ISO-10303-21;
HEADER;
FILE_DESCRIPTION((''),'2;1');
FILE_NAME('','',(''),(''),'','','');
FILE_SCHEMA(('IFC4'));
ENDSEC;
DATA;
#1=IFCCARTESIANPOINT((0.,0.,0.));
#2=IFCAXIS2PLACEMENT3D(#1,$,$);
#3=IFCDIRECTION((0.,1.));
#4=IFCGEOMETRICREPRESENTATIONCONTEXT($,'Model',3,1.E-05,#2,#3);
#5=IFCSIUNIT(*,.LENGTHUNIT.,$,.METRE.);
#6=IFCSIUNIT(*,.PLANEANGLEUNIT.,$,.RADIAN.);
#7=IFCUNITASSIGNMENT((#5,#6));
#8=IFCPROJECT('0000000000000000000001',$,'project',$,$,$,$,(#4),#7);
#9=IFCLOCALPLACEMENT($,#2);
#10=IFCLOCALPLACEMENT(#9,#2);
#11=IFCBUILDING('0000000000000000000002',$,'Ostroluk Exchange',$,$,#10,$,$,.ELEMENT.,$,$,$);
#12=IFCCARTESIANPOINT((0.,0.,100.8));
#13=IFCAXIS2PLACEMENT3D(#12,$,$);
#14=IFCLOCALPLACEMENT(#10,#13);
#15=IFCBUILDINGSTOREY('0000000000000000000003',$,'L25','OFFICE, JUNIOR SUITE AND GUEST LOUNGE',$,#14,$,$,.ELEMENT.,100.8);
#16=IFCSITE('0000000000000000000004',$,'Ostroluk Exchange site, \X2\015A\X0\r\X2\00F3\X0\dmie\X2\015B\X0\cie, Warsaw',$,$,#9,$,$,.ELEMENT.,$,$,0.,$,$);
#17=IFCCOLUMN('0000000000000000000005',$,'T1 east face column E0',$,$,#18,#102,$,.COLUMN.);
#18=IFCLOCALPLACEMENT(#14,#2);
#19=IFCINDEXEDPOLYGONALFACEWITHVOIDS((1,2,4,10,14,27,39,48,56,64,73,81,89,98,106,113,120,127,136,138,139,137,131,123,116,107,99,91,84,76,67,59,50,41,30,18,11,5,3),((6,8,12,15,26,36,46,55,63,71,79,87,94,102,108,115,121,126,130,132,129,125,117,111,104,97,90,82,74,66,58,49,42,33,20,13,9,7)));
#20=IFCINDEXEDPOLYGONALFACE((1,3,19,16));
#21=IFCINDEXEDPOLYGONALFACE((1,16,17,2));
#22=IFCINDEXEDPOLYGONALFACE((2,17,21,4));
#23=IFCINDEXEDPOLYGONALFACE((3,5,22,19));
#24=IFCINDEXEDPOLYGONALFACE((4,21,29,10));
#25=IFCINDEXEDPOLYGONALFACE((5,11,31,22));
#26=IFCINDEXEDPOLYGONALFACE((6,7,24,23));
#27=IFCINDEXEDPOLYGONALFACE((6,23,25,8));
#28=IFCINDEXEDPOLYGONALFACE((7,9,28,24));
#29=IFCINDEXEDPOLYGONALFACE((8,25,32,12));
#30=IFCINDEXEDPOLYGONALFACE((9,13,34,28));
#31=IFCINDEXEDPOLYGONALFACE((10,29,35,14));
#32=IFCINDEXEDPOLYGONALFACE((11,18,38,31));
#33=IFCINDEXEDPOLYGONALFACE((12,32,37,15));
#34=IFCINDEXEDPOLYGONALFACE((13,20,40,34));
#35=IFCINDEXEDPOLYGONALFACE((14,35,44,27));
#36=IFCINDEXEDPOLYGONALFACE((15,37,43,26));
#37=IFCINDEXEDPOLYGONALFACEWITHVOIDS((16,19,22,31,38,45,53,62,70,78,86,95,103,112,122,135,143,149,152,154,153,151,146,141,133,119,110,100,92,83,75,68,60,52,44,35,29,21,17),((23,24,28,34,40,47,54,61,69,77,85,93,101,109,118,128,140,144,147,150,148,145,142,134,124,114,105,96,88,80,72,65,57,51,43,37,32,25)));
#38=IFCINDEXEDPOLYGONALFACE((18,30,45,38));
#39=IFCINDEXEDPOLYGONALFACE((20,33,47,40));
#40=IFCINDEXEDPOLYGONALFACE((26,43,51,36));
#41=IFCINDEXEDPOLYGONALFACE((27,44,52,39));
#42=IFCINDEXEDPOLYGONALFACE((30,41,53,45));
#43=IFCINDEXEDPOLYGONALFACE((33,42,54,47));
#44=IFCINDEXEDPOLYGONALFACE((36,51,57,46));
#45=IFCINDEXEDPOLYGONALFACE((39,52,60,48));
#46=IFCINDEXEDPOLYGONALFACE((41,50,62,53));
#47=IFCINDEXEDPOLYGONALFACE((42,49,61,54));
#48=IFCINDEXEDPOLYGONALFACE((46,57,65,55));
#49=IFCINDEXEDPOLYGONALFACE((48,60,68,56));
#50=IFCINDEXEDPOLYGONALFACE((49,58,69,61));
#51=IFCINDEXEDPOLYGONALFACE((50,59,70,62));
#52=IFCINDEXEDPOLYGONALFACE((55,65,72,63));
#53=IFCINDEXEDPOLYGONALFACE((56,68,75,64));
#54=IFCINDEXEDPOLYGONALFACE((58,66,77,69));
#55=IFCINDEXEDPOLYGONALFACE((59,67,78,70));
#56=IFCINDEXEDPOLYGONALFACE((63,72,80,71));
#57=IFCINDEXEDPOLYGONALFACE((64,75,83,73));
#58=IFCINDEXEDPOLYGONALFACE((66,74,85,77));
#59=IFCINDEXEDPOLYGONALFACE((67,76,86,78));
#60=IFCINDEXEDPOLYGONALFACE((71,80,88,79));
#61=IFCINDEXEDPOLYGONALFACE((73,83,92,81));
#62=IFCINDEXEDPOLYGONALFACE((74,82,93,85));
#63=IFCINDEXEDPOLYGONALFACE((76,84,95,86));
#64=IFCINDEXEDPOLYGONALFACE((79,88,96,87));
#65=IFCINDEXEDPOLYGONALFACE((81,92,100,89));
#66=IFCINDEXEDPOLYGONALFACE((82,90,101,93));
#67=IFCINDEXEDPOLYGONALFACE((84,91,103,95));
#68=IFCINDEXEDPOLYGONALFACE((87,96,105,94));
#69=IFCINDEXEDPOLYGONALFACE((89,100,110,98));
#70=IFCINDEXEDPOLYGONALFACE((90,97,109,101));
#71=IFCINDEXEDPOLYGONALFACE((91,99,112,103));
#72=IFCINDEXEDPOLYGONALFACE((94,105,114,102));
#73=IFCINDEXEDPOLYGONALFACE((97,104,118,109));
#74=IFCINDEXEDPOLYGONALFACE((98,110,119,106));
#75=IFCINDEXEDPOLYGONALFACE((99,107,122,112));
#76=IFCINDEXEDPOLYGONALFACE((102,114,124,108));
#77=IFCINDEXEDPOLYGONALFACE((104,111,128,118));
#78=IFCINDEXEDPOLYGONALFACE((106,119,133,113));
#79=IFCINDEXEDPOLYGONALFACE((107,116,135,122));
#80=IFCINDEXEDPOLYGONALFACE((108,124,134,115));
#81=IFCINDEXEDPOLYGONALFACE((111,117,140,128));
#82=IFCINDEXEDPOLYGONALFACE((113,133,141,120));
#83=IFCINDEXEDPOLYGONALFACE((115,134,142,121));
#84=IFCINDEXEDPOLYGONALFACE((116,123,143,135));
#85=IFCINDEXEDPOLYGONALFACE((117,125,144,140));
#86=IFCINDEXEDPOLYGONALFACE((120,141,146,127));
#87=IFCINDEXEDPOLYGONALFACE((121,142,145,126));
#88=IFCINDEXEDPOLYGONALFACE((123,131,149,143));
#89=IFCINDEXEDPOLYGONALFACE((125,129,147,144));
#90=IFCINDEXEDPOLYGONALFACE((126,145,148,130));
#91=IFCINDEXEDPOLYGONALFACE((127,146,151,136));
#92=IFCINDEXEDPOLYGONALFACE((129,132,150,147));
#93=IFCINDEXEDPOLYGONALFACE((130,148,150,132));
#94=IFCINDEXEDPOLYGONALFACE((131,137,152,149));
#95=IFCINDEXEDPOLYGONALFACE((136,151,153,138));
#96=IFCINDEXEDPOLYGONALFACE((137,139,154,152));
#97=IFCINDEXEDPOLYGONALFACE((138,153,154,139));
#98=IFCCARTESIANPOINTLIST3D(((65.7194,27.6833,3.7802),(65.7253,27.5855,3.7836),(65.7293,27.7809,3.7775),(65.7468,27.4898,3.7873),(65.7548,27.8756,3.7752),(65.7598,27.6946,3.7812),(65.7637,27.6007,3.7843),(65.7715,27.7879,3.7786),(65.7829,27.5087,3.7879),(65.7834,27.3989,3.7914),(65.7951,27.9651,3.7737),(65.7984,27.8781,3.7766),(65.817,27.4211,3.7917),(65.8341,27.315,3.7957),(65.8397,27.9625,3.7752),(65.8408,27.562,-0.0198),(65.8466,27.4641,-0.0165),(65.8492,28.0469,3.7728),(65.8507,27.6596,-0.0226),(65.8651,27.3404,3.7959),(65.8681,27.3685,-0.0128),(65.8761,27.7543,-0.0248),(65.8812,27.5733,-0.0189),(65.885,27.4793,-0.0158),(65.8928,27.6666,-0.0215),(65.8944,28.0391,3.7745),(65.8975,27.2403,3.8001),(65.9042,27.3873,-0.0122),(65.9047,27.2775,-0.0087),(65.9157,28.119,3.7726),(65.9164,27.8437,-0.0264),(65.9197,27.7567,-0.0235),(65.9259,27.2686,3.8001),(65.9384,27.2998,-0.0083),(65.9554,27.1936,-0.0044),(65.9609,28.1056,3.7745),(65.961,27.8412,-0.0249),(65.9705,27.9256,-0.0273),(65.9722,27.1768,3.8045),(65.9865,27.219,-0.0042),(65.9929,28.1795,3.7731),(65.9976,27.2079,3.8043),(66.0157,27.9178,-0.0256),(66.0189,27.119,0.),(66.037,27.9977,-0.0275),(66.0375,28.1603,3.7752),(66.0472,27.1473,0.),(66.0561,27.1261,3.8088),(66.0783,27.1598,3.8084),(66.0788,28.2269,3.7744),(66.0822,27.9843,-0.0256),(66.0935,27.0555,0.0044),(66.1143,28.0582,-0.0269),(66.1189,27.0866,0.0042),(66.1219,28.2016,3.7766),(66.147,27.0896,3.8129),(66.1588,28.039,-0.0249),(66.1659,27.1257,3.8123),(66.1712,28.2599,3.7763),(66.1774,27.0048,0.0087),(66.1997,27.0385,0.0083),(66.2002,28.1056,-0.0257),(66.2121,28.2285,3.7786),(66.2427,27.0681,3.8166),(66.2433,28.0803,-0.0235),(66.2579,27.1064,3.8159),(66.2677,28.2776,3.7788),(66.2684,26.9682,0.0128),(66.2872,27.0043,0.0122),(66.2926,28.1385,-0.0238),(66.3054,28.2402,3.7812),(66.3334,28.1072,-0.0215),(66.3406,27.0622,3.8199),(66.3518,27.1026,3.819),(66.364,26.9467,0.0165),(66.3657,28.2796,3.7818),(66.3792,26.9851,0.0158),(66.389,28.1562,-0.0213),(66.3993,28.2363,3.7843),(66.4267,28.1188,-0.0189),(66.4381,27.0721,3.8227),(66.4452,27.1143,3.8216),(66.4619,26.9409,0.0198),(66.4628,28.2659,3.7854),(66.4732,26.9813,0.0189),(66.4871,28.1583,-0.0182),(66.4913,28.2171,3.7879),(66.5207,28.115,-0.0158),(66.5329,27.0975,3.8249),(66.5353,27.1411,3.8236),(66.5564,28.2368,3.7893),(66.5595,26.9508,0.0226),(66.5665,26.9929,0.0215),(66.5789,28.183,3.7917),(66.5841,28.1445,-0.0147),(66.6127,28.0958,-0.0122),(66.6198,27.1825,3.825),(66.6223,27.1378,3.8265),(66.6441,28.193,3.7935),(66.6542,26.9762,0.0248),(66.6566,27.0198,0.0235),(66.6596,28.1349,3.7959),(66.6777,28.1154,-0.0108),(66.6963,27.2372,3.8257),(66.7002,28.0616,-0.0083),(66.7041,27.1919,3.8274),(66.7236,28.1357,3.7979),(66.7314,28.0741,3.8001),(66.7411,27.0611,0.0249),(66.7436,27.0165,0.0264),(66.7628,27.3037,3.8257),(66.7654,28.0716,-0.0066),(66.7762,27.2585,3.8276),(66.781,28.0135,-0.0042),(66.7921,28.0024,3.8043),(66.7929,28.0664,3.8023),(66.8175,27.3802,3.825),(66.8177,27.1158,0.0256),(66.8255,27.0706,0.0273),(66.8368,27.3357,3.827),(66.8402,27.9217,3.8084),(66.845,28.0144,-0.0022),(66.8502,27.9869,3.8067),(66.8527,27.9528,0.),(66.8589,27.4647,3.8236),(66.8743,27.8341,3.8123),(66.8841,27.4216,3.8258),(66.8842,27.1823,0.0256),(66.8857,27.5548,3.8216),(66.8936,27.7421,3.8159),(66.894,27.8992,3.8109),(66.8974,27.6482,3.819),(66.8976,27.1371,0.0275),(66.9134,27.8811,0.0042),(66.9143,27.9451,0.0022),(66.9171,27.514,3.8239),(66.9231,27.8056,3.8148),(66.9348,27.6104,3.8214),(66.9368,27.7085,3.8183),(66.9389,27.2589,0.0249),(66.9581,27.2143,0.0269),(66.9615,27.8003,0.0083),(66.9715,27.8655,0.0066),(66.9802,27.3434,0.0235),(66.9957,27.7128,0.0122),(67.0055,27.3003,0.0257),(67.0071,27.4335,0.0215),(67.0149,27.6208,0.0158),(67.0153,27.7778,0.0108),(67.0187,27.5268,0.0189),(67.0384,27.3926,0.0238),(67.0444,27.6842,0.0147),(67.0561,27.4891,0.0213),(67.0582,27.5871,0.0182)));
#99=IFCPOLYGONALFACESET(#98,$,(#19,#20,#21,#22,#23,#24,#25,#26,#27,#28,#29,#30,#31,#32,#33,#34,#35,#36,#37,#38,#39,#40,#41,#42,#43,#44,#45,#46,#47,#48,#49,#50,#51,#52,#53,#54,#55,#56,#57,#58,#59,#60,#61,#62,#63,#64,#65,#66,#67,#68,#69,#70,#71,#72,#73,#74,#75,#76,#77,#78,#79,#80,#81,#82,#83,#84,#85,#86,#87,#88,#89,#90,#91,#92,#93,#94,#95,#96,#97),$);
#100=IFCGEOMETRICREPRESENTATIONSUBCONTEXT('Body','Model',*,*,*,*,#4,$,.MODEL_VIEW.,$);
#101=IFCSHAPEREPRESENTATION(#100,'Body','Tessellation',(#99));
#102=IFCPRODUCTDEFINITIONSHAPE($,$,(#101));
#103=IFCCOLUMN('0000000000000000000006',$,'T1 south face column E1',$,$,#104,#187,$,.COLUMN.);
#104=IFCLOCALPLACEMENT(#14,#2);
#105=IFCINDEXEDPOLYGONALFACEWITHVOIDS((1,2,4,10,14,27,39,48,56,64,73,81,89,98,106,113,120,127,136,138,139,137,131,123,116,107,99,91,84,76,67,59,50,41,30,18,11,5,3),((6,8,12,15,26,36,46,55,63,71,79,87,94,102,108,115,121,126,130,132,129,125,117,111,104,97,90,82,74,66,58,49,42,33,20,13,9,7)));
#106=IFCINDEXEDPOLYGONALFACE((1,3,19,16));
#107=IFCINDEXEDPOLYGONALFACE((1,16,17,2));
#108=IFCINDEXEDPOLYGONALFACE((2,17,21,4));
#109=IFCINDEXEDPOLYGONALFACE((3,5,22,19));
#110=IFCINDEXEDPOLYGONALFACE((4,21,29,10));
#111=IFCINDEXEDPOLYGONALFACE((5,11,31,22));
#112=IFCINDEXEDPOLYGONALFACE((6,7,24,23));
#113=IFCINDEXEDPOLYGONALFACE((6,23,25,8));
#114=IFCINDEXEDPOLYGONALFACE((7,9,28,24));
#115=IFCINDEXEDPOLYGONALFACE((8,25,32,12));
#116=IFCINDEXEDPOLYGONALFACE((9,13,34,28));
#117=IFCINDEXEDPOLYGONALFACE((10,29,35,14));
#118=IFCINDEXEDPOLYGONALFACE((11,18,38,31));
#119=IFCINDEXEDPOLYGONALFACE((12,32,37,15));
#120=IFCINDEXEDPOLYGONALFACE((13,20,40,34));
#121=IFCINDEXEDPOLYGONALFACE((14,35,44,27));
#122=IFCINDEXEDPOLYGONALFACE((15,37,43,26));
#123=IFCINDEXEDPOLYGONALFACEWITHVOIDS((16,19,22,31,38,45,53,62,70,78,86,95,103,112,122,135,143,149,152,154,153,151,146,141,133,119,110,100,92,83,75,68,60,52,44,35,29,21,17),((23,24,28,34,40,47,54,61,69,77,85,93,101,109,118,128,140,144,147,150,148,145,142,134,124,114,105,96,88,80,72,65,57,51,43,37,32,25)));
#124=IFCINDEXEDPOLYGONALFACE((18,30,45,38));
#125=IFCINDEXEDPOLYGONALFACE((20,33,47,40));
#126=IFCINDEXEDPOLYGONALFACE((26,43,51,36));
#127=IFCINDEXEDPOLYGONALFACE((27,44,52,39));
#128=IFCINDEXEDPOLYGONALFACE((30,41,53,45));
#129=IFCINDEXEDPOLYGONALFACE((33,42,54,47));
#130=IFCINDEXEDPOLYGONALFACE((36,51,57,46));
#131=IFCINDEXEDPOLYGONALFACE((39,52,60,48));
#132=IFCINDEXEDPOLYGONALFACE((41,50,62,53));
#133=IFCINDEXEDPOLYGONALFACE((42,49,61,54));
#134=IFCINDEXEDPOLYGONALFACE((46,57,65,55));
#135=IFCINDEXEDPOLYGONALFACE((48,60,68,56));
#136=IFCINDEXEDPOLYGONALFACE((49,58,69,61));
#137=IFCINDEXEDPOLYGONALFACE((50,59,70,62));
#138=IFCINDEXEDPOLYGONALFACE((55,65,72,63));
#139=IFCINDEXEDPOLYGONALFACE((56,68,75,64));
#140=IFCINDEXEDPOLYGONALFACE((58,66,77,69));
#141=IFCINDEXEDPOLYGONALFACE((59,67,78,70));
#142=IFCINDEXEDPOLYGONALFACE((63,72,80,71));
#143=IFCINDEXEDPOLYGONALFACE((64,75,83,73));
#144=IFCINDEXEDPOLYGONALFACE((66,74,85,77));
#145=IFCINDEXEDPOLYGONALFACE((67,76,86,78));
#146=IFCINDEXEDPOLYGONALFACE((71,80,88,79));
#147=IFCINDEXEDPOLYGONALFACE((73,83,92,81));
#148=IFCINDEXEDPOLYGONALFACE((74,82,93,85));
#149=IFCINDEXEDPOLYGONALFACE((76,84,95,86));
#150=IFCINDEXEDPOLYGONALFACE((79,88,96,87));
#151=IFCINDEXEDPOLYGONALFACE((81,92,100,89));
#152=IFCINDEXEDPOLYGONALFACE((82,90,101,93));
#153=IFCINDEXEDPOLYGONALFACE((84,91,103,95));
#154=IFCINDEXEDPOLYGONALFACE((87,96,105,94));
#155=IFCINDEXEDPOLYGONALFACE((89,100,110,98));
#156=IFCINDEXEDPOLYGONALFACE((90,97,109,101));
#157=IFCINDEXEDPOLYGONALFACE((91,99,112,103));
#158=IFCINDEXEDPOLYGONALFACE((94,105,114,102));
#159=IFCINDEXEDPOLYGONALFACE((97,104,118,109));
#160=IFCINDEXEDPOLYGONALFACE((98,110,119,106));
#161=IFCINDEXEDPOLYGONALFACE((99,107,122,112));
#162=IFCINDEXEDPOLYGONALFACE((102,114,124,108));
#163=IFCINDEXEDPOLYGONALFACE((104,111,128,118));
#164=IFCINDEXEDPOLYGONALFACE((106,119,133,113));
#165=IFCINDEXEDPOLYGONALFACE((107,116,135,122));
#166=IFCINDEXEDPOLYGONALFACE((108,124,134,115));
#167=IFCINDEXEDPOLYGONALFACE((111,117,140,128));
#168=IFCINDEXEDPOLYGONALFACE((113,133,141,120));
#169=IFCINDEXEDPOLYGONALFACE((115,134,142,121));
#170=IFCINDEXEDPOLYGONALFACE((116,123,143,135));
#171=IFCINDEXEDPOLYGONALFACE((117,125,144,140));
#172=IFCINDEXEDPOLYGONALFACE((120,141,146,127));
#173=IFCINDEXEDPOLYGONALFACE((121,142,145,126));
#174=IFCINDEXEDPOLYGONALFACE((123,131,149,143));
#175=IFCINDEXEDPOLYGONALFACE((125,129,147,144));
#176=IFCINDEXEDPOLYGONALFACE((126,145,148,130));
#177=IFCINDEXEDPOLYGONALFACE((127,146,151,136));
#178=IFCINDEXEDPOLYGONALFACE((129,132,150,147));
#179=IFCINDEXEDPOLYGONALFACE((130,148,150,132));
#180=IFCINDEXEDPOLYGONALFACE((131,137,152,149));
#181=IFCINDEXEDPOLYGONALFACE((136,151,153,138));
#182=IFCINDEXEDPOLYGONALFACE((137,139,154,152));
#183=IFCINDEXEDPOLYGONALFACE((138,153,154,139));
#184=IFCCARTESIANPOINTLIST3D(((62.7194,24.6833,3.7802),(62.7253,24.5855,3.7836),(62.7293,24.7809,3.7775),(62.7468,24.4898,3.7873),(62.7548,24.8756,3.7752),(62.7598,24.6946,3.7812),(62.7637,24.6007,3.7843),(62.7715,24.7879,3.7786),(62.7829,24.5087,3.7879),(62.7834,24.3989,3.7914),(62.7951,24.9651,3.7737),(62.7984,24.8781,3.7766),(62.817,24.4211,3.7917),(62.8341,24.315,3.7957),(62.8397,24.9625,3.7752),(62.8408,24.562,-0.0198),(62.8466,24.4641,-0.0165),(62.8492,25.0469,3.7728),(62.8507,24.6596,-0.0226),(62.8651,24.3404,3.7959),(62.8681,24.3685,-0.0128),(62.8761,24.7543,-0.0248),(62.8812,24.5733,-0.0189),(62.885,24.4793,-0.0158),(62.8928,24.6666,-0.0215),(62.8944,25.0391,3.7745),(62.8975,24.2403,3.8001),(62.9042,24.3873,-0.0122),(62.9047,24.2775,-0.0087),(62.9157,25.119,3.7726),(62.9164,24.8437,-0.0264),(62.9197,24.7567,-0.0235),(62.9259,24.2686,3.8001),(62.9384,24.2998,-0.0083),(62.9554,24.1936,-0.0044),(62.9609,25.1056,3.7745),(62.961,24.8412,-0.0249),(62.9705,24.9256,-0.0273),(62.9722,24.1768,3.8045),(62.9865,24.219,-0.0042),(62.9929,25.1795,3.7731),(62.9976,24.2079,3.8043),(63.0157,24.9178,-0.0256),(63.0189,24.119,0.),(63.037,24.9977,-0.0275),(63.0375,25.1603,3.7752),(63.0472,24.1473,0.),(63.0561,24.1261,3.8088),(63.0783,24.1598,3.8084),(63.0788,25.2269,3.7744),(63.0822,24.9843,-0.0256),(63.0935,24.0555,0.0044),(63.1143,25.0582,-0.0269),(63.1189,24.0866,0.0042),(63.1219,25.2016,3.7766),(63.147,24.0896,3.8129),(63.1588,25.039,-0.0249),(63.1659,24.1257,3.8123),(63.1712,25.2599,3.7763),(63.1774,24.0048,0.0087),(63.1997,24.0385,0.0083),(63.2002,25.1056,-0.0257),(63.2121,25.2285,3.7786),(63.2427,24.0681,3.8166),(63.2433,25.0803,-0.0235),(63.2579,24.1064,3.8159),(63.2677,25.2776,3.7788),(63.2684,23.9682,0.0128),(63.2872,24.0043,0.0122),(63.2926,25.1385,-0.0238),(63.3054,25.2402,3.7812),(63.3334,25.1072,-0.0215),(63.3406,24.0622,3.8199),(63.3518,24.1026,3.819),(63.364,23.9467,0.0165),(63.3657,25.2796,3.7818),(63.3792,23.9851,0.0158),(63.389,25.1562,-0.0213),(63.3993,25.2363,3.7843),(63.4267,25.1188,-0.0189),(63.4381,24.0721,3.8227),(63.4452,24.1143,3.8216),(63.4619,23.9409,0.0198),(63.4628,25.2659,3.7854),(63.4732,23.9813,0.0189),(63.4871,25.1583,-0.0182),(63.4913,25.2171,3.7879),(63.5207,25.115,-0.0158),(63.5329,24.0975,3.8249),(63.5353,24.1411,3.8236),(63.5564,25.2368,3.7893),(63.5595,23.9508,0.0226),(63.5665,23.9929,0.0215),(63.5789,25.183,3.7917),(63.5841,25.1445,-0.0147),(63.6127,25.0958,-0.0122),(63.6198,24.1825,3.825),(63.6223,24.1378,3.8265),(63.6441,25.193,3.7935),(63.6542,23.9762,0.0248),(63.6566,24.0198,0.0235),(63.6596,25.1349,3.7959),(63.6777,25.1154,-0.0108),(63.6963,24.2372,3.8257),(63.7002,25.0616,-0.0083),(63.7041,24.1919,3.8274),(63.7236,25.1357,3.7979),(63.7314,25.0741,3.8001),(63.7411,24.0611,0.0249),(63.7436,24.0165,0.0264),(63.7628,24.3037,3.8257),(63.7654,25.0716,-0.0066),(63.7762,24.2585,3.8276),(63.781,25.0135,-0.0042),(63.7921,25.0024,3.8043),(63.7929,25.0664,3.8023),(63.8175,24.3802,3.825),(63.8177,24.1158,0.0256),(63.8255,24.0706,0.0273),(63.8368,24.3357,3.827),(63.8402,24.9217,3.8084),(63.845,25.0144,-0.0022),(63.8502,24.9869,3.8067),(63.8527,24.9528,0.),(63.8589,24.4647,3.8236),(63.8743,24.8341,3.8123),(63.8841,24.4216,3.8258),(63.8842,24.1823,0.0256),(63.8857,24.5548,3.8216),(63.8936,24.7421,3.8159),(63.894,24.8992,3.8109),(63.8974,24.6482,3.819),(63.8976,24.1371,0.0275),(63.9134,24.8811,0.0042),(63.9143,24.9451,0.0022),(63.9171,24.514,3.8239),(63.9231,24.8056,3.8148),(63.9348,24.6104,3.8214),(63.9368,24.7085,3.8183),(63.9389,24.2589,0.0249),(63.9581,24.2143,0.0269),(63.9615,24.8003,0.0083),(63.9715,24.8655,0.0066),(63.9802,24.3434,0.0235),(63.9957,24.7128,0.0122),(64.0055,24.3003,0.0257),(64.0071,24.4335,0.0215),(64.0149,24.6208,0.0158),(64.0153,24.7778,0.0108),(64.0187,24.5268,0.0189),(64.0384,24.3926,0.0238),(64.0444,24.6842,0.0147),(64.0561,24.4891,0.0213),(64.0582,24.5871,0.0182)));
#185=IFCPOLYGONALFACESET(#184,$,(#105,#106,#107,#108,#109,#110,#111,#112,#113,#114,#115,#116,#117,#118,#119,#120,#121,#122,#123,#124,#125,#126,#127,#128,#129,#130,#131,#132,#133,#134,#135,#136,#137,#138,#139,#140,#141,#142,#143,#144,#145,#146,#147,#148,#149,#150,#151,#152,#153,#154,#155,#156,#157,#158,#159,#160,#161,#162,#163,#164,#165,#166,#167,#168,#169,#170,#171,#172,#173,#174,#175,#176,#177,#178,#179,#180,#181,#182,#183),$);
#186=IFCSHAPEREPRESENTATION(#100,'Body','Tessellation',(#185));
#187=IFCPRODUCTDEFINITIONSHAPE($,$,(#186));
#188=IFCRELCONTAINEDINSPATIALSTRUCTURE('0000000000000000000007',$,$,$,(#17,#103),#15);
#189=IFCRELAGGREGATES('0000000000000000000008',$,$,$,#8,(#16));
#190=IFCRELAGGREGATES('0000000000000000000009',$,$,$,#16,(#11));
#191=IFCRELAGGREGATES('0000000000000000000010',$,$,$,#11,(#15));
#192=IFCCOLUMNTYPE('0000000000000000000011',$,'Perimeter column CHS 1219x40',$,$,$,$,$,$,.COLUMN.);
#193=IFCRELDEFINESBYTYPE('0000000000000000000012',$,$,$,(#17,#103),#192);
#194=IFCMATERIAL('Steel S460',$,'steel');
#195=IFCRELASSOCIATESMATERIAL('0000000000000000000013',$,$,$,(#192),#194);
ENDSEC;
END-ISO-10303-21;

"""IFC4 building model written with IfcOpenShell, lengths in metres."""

from ifc_helpers import new_model, si_unit, direction, frame, origin, origin_2d, place, context, subcontext, project, spatial, hollow_circle, extrude, material, material_profile, profile_set, type_object, element, save


model = new_model("IFC4")

# Units and contexts
model_context = context("Model", 3, precision=1e-05, world=origin(), true_north=direction((0.0, 1.0)))
body_context = subcontext(model_context, "Body", "Model", "MODEL_VIEW")
ifc_project = project(units=[si_unit("LENGTHUNIT", "METRE"), si_unit("PLANEANGLEUNIT", "RADIAN")], contexts=[model_context])

# Site, building, storey
site_placement = place(None, origin())
site = spatial("IfcSite", under=ifc_project, at=site_placement, Name="Ostroluk Exchange site, Śródmieście, Warsaw", CompositionType="ELEMENT", RefElevation=0.0)
building_placement = place(site_placement, origin())
building = spatial("IfcBuilding", under=site, at=building_placement, Name="Ostroluk Exchange", CompositionType="ELEMENT")
storey_placement = place(building_placement, frame((0.0, 0.0, 100.8)))
storey = spatial("IfcBuildingStorey", under=building, at=storey_placement, Name="L25", Description="OFFICE, JUNIOR SUITE AND GUEST LOUNGE", CompositionType="ELEMENT", Elevation=100.8)

# Columns
ifc_material_1 = material(Name="Steel S460", Category="steel")
ifc_material_profile_1 = material_profile(ifc_material_1, hollow_circle(Radius=0.6096, WallThickness=0.04, at=origin_2d()), Name="CHS 1219x40")
ifc_profile_set_1 = profile_set([ifc_material_profile_1], Name="Steel S460")
column_type = type_object("IfcColumnType", Name="Perimeter column CHS 1219x40", PredefinedType="COLUMN", material=ifc_profile_set_1)
for number, where, z_axis, x_axis, name in (
    (1, (66.45, 27.55, 0.0), (-0.031898, 0.031898, 0.998982), (-0.707107, -0.707107, 0.0), "T1 east face column E0"),
    (2, (63.45, 24.55, 0.0), (-0.031898, 0.031898, 0.998982), (-0.707107, -0.707107, 0.0), "T1 south face column E1"),
):
    element("IfcColumn", number, at=place(storey_placement, frame(where, z_axis=z_axis, x_axis=x_axis)), inside=storey, type_object=column_type, Name=name, PredefinedType="COLUMN", context=body_context, shape_type="SweptSolid", body=[
        extrude(hollow_circle(Radius=0.6096, WallThickness=0.04, at=origin_2d()), origin(), (0.0, 0.0, 1.0), 3.804),
    ])

save(model, "model.ifc")
